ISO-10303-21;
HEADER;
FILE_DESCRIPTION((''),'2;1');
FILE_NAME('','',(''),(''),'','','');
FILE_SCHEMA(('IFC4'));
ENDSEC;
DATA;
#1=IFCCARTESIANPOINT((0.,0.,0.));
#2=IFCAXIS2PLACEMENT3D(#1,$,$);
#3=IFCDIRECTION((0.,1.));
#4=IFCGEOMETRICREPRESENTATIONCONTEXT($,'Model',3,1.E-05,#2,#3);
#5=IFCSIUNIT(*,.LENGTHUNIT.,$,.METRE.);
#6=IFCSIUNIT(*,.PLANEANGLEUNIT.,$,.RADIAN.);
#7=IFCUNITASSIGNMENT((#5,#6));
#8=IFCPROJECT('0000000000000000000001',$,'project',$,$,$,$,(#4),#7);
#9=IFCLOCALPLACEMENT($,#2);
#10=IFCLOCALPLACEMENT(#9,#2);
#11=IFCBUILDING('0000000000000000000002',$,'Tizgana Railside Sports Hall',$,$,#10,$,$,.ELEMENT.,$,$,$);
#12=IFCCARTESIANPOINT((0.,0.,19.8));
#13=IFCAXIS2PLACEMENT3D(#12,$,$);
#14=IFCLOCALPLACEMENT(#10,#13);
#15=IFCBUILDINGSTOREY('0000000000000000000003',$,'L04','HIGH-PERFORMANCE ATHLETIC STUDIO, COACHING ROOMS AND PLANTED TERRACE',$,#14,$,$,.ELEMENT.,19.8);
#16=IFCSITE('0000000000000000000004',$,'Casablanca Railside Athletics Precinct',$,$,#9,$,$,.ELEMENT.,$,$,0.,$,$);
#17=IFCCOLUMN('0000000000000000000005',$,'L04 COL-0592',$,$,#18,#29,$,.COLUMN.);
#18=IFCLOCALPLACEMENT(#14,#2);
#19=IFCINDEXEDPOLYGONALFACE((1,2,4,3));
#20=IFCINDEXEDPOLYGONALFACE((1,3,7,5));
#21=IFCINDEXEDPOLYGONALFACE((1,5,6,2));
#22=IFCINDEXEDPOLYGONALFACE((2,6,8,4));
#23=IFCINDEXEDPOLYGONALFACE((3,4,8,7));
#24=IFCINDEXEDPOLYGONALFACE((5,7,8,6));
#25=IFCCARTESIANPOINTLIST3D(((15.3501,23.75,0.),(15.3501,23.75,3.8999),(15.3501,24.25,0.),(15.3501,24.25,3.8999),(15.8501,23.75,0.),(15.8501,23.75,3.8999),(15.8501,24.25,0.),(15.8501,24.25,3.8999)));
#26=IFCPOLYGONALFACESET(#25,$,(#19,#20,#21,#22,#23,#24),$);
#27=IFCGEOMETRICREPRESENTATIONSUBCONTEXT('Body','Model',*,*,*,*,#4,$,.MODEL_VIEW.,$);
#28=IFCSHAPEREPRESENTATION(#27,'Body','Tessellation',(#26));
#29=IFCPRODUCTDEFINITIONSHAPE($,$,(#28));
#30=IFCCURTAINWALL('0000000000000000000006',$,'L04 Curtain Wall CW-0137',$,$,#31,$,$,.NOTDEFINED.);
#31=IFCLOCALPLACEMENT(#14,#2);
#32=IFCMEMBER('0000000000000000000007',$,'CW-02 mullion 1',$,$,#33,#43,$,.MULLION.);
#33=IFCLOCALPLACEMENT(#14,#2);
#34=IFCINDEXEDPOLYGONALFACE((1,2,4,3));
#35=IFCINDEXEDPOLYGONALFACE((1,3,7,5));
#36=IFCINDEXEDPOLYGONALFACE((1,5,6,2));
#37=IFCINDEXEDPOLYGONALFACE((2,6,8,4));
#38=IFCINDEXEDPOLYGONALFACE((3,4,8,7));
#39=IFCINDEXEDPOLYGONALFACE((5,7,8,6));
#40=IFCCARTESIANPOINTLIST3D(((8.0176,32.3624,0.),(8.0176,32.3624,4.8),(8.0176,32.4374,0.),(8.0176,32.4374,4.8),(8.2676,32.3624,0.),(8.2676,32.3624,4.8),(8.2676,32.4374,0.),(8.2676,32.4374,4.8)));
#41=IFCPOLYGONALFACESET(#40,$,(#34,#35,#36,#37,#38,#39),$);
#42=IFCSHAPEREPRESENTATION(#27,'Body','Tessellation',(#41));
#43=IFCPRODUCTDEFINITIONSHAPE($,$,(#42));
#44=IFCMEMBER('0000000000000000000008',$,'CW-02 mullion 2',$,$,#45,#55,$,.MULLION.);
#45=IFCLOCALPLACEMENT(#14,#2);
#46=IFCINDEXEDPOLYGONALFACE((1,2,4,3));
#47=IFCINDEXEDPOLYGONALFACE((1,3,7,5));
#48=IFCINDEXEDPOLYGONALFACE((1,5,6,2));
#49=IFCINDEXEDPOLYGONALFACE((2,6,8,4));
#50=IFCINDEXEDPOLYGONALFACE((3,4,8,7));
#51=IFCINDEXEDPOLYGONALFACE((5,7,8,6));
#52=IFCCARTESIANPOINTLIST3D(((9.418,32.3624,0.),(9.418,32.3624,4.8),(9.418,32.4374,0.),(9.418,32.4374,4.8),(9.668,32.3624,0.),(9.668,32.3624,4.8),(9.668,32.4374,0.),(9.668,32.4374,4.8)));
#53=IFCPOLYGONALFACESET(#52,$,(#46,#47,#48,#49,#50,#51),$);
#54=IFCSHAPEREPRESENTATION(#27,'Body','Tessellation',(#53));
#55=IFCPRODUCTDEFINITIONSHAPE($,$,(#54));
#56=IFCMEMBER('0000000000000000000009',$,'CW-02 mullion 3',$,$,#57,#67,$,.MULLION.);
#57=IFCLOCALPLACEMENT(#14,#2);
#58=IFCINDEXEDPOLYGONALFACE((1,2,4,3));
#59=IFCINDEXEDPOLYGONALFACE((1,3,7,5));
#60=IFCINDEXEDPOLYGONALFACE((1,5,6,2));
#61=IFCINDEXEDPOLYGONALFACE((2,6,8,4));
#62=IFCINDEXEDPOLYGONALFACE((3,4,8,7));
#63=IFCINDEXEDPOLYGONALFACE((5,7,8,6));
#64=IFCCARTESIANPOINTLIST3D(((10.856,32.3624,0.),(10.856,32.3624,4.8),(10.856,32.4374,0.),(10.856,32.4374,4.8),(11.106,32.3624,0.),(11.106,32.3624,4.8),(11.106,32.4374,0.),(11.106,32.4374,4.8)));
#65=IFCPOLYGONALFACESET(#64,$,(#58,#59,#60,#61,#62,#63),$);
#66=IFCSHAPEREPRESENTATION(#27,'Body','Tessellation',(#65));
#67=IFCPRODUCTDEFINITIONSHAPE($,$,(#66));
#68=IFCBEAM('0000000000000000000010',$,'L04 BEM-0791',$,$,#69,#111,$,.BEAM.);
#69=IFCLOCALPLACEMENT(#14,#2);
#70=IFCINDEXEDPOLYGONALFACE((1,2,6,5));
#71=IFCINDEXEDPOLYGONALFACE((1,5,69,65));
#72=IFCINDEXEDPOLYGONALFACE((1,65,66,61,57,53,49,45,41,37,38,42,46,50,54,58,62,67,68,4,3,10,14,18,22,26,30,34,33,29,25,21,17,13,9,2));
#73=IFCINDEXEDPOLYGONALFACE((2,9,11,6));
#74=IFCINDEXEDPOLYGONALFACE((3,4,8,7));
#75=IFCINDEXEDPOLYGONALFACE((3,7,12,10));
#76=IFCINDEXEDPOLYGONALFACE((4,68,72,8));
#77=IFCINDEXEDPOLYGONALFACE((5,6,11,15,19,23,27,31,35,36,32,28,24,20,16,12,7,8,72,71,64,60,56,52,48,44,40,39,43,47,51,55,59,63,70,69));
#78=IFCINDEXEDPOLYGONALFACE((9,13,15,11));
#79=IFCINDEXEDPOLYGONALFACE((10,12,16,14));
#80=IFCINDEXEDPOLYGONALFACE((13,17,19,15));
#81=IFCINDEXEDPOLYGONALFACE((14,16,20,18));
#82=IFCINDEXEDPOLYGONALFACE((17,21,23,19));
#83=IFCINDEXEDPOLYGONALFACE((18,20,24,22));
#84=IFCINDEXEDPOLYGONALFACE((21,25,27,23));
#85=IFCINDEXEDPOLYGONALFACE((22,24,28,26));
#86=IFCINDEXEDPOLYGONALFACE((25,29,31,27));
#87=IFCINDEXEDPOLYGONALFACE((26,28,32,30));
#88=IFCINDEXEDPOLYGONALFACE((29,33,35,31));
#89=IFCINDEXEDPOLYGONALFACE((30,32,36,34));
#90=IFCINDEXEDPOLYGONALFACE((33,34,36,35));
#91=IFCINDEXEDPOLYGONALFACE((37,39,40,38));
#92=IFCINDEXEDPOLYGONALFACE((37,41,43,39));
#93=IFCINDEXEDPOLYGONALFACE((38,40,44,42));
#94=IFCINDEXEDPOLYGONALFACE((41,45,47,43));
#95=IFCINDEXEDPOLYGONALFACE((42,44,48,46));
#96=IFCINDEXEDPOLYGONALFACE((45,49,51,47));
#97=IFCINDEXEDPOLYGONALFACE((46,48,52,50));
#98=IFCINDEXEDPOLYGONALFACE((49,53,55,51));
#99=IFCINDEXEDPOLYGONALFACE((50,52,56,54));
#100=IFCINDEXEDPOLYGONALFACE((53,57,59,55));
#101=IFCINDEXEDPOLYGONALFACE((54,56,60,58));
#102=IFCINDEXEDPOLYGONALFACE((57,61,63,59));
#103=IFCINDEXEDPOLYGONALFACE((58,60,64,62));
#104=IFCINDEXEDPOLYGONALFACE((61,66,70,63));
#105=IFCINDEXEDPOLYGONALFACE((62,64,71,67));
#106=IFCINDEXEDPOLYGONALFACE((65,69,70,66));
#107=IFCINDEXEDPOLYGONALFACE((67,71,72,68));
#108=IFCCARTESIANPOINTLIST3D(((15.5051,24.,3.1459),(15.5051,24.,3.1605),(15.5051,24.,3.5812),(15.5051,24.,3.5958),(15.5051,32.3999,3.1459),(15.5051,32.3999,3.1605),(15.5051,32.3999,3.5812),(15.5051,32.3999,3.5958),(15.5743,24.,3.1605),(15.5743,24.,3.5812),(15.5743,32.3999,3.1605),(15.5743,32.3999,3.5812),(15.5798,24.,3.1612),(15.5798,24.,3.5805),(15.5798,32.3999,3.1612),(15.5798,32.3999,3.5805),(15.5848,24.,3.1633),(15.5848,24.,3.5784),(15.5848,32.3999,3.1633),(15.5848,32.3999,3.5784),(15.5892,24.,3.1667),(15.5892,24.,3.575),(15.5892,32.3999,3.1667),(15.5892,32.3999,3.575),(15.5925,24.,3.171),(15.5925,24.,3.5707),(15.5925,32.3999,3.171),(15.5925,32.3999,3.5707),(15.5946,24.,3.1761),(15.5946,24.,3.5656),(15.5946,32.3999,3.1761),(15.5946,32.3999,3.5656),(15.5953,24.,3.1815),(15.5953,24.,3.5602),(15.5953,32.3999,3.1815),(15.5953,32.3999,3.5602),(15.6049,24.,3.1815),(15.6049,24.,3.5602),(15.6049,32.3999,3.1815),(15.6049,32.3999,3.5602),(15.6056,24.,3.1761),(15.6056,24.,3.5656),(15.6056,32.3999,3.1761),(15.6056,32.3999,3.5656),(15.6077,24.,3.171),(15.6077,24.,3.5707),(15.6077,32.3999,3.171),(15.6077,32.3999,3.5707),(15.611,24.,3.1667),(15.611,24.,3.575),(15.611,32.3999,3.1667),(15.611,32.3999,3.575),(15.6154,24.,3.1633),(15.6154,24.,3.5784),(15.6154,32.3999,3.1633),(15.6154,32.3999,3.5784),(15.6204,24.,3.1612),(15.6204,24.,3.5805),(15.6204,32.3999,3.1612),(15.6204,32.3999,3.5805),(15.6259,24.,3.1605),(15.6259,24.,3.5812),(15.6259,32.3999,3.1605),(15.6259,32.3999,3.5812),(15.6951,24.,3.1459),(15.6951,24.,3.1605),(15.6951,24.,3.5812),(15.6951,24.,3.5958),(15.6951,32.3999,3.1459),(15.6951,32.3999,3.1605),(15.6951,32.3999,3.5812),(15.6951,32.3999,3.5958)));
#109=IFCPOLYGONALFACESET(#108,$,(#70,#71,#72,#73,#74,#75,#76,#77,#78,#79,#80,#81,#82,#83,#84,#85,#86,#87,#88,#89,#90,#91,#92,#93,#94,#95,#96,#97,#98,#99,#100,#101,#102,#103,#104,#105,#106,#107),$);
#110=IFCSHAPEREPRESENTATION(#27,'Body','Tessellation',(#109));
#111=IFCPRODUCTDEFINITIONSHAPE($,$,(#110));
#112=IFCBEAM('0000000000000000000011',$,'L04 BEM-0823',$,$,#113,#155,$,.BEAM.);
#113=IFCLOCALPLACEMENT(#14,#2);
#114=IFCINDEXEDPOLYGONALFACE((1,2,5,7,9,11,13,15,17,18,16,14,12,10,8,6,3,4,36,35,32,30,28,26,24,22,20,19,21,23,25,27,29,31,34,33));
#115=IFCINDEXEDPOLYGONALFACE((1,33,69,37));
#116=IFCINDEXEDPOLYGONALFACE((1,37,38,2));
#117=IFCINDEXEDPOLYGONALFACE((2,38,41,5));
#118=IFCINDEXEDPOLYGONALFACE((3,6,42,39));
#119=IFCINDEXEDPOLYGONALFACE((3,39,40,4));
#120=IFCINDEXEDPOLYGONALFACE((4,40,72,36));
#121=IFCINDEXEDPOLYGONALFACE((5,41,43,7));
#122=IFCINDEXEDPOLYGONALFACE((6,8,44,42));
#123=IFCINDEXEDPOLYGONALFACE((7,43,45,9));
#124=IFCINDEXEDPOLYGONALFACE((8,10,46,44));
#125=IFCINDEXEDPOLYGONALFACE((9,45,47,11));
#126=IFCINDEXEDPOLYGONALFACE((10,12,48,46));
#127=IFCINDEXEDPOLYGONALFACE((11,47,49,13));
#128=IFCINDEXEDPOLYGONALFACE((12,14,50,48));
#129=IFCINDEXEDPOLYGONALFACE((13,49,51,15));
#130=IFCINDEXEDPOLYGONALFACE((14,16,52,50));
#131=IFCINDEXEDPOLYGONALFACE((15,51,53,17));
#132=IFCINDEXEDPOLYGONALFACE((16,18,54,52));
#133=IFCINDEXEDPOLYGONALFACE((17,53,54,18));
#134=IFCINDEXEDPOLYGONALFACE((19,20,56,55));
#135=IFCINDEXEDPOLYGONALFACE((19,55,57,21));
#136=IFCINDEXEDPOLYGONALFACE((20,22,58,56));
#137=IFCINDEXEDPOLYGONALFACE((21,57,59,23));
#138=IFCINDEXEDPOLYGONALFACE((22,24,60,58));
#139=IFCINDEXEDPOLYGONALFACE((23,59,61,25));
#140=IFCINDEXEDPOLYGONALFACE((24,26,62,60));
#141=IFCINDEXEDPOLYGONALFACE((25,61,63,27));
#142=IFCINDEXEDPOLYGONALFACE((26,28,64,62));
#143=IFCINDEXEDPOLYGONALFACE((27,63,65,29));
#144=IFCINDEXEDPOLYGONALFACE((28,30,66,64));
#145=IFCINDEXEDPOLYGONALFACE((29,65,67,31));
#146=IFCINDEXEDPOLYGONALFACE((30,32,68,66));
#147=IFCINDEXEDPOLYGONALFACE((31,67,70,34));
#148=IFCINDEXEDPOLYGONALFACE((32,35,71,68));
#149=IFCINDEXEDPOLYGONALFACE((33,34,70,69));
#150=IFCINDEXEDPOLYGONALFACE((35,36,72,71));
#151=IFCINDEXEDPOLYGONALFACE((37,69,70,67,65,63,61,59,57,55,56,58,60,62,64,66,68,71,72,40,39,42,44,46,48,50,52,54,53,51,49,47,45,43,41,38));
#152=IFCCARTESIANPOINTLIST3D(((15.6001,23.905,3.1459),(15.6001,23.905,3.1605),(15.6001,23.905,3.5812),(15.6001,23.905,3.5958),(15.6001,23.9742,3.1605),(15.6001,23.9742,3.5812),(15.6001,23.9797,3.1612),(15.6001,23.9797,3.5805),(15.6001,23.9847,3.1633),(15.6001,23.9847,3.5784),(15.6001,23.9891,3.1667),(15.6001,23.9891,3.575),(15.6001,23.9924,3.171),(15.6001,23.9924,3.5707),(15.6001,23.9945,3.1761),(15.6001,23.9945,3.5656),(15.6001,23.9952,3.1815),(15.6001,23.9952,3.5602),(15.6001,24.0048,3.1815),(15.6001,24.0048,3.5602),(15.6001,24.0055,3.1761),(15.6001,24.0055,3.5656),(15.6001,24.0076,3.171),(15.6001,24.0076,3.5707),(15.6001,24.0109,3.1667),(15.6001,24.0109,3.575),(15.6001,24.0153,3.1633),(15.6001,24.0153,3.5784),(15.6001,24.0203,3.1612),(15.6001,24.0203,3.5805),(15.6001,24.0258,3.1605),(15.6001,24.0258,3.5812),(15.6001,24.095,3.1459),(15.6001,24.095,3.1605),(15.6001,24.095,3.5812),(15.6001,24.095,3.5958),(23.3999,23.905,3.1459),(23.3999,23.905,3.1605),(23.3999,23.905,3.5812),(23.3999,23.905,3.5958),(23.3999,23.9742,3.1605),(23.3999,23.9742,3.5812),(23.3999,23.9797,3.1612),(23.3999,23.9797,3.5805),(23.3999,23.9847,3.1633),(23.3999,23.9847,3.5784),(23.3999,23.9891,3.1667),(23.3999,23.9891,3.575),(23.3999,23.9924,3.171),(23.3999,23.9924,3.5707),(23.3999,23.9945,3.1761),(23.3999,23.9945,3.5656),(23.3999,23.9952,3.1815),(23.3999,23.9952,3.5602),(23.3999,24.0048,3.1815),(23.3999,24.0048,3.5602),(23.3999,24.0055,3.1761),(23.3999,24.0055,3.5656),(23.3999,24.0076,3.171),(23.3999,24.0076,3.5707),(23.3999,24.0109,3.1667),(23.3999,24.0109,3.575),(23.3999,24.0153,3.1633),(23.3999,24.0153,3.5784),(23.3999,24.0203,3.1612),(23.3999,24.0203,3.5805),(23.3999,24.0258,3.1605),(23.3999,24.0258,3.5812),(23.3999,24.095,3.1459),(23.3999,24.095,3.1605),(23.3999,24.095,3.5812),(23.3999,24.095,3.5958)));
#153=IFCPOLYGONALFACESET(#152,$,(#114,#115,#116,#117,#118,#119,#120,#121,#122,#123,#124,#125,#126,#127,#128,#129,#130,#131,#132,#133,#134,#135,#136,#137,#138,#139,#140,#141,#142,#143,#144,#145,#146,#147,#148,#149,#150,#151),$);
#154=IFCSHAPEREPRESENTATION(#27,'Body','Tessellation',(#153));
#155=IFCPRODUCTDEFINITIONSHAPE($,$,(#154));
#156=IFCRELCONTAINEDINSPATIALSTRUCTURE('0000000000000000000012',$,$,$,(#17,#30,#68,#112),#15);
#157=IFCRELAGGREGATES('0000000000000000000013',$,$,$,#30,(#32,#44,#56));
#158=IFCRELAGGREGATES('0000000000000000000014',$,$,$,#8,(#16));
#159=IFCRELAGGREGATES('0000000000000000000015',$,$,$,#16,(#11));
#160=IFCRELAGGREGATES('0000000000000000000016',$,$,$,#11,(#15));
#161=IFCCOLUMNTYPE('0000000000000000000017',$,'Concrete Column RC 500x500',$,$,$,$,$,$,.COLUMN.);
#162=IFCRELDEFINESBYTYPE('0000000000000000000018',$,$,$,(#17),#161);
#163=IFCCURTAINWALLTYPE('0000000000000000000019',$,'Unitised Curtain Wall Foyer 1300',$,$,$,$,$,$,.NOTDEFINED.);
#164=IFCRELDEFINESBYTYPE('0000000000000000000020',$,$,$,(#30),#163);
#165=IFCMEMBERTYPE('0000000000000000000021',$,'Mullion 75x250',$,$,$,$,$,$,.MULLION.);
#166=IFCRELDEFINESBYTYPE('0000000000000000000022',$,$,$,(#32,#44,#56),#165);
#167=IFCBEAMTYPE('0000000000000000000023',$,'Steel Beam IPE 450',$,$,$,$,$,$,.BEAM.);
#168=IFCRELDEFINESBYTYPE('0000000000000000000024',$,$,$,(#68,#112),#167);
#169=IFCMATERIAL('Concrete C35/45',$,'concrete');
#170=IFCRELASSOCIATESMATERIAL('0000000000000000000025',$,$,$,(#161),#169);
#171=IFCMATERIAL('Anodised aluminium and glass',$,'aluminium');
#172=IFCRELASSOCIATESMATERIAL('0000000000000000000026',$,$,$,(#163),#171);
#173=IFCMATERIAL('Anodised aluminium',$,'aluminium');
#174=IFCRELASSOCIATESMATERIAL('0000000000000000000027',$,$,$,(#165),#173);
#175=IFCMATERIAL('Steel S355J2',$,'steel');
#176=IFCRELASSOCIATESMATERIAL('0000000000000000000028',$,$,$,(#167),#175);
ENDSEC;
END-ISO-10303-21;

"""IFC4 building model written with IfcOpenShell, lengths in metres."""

from ifc_helpers import new_model, si_unit, direction, frame, origin, origin_2d, place, context, subcontext, project, spatial, rectangle, i_section, extrude, material, material_profile, profile_set, type_object, element, aggregate, save


model = new_model("IFC4")

# Units and contexts
model_context = context("Model", 3, precision=1e-05, world=origin(), true_north=direction((0.0, 1.0)))
body_context = subcontext(model_context, "Body", "Model", "MODEL_VIEW")
ifc_project = project(units=[si_unit("LENGTHUNIT", "METRE"), si_unit("PLANEANGLEUNIT", "RADIAN")], contexts=[model_context])

# Site, building, storey
site_placement = place(None, origin())
site = spatial("IfcSite", under=ifc_project, at=site_placement, Name="Casablanca Railside Athletics Precinct", CompositionType="ELEMENT", RefElevation=0.0)
building_placement = place(site_placement, origin())
building = spatial("IfcBuilding", under=site, at=building_placement, Name="Tizgana Railside Sports Hall", CompositionType="ELEMENT")
storey_placement = place(building_placement, frame((0.0, 0.0, 19.8)))
storey = spatial("IfcBuildingStorey", under=building, at=storey_placement, Name="L04", Description="HIGH-PERFORMANCE ATHLETIC STUDIO, COACHING ROOMS AND PLANTED TERRACE", CompositionType="ELEMENT", Elevation=19.8)

# Column
ifc_material_1 = material(Name="Concrete C35/45", Category="concrete")
ifc_material_profile_1 = material_profile(ifc_material_1, rectangle(XDim=0.5, YDim=0.5, at=origin_2d()), Name="RC 500x500")
ifc_profile_set_1 = profile_set([ifc_material_profile_1], Name="Concrete C35/45")
column_type = type_object("IfcColumnType", Name="Concrete Column RC 500x500", PredefinedType="COLUMN", material=ifc_profile_set_1)
column_placement = place(storey_placement, frame((15.6001, 24.0, 0.0), z_axis=(0.0, 0.0, 1.0), x_axis=(1.0, 0.0, 0.0)))
element("IfcColumn", 1, at=column_placement, inside=storey, type_object=column_type, Name="L04 COL-0592", PredefinedType="COLUMN", context=body_context, shape_type="SweptSolid", body=[
    extrude(rectangle(XDim=0.5, YDim=0.5, at=origin_2d()), origin(), (0.0, 0.0, 1.0), 3.8999),
])

# Curtain wall, members
ifc_material_2 = material(Name="Anodised aluminium and glass", Category="aluminium")
curtain_wall_type = type_object("IfcCurtainWallType", Name="Unitised Curtain Wall Foyer 1300", PredefinedType="NOTDEFINED", material=ifc_material_2)
curtain_wall_placement = place(storey_placement, origin())
curtain_wall = element("IfcCurtainWall", 2, at=curtain_wall_placement, inside=storey, type_object=curtain_wall_type, Name="L04 Curtain Wall CW-0137", PredefinedType="NOTDEFINED")
ifc_material_3 = material(Name="Anodised aluminium", Category="aluminium")
ifc_material_profile_2 = material_profile(ifc_material_3, rectangle(XDim=0.075, YDim=0.25, at=origin_2d()), Name="Mullion 75x250")
ifc_profile_set_2 = profile_set([ifc_material_profile_2], Name="Anodised aluminium")
member_type_1 = type_object("IfcMemberType", Name="Mullion 75x250", PredefinedType="MULLION", material=ifc_profile_set_2)
member_1_placement = place(storey_placement, frame((8.1426, 32.3999, 0.0), z_axis=(0.0, 0.0, 1.0), x_axis=(0.0, 1.0, 0.0)))
member_1 = element("IfcMember", 3, at=member_1_placement, type_object=member_type_1, Name="CW-02 mullion 1", PredefinedType="MULLION", context=body_context, shape_type="SweptSolid", body=[
    extrude(rectangle(XDim=0.075, YDim=0.25, at=origin_2d()), origin(), (0.0, 0.0, 1.0), 4.8),
])
member_2_placement = place(storey_placement, frame((9.543, 32.3999, 0.0), z_axis=(0.0, 0.0, 1.0), x_axis=(0.0, 1.0, 0.0)))
member_2 = element("IfcMember", 4, at=member_2_placement, type_object=member_type_1, Name="CW-02 mullion 2", PredefinedType="MULLION", context=body_context, shape_type="SweptSolid", body=[
    extrude(rectangle(XDim=0.075, YDim=0.25, at=origin_2d()), origin(), (0.0, 0.0, 1.0), 4.8),
])
member_3_placement = place(storey_placement, frame((10.981, 32.3999, 0.0), z_axis=(0.0, 0.0, 1.0), x_axis=(0.0, 1.0, 0.0)))
member_3 = element("IfcMember", 5, at=member_3_placement, type_object=member_type_1, Name="CW-02 mullion 3", PredefinedType="MULLION", context=body_context, shape_type="SweptSolid", body=[
    extrude(rectangle(XDim=0.075, YDim=0.25, at=origin_2d()), origin(), (0.0, 0.0, 1.0), 4.8),
])

# Beams
ifc_material_4 = material(Name="Steel S355J2", Category="steel")
ifc_material_profile_3 = material_profile(ifc_material_4, i_section(OverallWidth=0.1899, OverallDepth=0.45, WebThickness=0.0095, FlangeThickness=0.0146, FilletRadius=0.021, at=origin_2d()), Name="IPE 450")
ifc_profile_set_3 = profile_set([ifc_material_profile_3], Name="Steel S355J2")
beam_type_1 = type_object("IfcBeamType", Name="Steel Beam IPE 450", PredefinedType="BEAM", material=ifc_profile_set_3)
beam_1_placement = place(storey_placement, frame((15.6001, 24.0, 3.3708), z_axis=(0.0, 1.0, 0.0), x_axis=(-1.0, 0.0, 0.0)))
element("IfcBeam", 6, at=beam_1_placement, inside=storey, type_object=beam_type_1, Name="L04 BEM-0791", PredefinedType="BEAM", context=body_context, shape_type="SweptSolid", body=[
    extrude(i_section(OverallWidth=0.1899, OverallDepth=0.45, WebThickness=0.0095, FlangeThickness=0.0146, FilletRadius=0.021, at=origin_2d()), origin(), (0.0, 0.0, 1.0), 8.3999),
])
beam_2_placement = place(storey_placement, frame((15.6001, 24.0, 3.3708), z_axis=(1.0, 0.0, 0.0), x_axis=(0.0, 1.0, 0.0)))
element("IfcBeam", 7, at=beam_2_placement, inside=storey, type_object=beam_type_1, Name="L04 BEM-0823", PredefinedType="BEAM", context=body_context, shape_type="SweptSolid", body=[
    extrude(i_section(OverallWidth=0.1899, OverallDepth=0.45, WebThickness=0.0095, FlangeThickness=0.0146, FilletRadius=0.021, at=origin_2d()), origin(), (0.0, 0.0, 1.0), 7.7998),
])

aggregate(curtain_wall, [member_1, member_2, member_3])

save(model, "model.ifc")
